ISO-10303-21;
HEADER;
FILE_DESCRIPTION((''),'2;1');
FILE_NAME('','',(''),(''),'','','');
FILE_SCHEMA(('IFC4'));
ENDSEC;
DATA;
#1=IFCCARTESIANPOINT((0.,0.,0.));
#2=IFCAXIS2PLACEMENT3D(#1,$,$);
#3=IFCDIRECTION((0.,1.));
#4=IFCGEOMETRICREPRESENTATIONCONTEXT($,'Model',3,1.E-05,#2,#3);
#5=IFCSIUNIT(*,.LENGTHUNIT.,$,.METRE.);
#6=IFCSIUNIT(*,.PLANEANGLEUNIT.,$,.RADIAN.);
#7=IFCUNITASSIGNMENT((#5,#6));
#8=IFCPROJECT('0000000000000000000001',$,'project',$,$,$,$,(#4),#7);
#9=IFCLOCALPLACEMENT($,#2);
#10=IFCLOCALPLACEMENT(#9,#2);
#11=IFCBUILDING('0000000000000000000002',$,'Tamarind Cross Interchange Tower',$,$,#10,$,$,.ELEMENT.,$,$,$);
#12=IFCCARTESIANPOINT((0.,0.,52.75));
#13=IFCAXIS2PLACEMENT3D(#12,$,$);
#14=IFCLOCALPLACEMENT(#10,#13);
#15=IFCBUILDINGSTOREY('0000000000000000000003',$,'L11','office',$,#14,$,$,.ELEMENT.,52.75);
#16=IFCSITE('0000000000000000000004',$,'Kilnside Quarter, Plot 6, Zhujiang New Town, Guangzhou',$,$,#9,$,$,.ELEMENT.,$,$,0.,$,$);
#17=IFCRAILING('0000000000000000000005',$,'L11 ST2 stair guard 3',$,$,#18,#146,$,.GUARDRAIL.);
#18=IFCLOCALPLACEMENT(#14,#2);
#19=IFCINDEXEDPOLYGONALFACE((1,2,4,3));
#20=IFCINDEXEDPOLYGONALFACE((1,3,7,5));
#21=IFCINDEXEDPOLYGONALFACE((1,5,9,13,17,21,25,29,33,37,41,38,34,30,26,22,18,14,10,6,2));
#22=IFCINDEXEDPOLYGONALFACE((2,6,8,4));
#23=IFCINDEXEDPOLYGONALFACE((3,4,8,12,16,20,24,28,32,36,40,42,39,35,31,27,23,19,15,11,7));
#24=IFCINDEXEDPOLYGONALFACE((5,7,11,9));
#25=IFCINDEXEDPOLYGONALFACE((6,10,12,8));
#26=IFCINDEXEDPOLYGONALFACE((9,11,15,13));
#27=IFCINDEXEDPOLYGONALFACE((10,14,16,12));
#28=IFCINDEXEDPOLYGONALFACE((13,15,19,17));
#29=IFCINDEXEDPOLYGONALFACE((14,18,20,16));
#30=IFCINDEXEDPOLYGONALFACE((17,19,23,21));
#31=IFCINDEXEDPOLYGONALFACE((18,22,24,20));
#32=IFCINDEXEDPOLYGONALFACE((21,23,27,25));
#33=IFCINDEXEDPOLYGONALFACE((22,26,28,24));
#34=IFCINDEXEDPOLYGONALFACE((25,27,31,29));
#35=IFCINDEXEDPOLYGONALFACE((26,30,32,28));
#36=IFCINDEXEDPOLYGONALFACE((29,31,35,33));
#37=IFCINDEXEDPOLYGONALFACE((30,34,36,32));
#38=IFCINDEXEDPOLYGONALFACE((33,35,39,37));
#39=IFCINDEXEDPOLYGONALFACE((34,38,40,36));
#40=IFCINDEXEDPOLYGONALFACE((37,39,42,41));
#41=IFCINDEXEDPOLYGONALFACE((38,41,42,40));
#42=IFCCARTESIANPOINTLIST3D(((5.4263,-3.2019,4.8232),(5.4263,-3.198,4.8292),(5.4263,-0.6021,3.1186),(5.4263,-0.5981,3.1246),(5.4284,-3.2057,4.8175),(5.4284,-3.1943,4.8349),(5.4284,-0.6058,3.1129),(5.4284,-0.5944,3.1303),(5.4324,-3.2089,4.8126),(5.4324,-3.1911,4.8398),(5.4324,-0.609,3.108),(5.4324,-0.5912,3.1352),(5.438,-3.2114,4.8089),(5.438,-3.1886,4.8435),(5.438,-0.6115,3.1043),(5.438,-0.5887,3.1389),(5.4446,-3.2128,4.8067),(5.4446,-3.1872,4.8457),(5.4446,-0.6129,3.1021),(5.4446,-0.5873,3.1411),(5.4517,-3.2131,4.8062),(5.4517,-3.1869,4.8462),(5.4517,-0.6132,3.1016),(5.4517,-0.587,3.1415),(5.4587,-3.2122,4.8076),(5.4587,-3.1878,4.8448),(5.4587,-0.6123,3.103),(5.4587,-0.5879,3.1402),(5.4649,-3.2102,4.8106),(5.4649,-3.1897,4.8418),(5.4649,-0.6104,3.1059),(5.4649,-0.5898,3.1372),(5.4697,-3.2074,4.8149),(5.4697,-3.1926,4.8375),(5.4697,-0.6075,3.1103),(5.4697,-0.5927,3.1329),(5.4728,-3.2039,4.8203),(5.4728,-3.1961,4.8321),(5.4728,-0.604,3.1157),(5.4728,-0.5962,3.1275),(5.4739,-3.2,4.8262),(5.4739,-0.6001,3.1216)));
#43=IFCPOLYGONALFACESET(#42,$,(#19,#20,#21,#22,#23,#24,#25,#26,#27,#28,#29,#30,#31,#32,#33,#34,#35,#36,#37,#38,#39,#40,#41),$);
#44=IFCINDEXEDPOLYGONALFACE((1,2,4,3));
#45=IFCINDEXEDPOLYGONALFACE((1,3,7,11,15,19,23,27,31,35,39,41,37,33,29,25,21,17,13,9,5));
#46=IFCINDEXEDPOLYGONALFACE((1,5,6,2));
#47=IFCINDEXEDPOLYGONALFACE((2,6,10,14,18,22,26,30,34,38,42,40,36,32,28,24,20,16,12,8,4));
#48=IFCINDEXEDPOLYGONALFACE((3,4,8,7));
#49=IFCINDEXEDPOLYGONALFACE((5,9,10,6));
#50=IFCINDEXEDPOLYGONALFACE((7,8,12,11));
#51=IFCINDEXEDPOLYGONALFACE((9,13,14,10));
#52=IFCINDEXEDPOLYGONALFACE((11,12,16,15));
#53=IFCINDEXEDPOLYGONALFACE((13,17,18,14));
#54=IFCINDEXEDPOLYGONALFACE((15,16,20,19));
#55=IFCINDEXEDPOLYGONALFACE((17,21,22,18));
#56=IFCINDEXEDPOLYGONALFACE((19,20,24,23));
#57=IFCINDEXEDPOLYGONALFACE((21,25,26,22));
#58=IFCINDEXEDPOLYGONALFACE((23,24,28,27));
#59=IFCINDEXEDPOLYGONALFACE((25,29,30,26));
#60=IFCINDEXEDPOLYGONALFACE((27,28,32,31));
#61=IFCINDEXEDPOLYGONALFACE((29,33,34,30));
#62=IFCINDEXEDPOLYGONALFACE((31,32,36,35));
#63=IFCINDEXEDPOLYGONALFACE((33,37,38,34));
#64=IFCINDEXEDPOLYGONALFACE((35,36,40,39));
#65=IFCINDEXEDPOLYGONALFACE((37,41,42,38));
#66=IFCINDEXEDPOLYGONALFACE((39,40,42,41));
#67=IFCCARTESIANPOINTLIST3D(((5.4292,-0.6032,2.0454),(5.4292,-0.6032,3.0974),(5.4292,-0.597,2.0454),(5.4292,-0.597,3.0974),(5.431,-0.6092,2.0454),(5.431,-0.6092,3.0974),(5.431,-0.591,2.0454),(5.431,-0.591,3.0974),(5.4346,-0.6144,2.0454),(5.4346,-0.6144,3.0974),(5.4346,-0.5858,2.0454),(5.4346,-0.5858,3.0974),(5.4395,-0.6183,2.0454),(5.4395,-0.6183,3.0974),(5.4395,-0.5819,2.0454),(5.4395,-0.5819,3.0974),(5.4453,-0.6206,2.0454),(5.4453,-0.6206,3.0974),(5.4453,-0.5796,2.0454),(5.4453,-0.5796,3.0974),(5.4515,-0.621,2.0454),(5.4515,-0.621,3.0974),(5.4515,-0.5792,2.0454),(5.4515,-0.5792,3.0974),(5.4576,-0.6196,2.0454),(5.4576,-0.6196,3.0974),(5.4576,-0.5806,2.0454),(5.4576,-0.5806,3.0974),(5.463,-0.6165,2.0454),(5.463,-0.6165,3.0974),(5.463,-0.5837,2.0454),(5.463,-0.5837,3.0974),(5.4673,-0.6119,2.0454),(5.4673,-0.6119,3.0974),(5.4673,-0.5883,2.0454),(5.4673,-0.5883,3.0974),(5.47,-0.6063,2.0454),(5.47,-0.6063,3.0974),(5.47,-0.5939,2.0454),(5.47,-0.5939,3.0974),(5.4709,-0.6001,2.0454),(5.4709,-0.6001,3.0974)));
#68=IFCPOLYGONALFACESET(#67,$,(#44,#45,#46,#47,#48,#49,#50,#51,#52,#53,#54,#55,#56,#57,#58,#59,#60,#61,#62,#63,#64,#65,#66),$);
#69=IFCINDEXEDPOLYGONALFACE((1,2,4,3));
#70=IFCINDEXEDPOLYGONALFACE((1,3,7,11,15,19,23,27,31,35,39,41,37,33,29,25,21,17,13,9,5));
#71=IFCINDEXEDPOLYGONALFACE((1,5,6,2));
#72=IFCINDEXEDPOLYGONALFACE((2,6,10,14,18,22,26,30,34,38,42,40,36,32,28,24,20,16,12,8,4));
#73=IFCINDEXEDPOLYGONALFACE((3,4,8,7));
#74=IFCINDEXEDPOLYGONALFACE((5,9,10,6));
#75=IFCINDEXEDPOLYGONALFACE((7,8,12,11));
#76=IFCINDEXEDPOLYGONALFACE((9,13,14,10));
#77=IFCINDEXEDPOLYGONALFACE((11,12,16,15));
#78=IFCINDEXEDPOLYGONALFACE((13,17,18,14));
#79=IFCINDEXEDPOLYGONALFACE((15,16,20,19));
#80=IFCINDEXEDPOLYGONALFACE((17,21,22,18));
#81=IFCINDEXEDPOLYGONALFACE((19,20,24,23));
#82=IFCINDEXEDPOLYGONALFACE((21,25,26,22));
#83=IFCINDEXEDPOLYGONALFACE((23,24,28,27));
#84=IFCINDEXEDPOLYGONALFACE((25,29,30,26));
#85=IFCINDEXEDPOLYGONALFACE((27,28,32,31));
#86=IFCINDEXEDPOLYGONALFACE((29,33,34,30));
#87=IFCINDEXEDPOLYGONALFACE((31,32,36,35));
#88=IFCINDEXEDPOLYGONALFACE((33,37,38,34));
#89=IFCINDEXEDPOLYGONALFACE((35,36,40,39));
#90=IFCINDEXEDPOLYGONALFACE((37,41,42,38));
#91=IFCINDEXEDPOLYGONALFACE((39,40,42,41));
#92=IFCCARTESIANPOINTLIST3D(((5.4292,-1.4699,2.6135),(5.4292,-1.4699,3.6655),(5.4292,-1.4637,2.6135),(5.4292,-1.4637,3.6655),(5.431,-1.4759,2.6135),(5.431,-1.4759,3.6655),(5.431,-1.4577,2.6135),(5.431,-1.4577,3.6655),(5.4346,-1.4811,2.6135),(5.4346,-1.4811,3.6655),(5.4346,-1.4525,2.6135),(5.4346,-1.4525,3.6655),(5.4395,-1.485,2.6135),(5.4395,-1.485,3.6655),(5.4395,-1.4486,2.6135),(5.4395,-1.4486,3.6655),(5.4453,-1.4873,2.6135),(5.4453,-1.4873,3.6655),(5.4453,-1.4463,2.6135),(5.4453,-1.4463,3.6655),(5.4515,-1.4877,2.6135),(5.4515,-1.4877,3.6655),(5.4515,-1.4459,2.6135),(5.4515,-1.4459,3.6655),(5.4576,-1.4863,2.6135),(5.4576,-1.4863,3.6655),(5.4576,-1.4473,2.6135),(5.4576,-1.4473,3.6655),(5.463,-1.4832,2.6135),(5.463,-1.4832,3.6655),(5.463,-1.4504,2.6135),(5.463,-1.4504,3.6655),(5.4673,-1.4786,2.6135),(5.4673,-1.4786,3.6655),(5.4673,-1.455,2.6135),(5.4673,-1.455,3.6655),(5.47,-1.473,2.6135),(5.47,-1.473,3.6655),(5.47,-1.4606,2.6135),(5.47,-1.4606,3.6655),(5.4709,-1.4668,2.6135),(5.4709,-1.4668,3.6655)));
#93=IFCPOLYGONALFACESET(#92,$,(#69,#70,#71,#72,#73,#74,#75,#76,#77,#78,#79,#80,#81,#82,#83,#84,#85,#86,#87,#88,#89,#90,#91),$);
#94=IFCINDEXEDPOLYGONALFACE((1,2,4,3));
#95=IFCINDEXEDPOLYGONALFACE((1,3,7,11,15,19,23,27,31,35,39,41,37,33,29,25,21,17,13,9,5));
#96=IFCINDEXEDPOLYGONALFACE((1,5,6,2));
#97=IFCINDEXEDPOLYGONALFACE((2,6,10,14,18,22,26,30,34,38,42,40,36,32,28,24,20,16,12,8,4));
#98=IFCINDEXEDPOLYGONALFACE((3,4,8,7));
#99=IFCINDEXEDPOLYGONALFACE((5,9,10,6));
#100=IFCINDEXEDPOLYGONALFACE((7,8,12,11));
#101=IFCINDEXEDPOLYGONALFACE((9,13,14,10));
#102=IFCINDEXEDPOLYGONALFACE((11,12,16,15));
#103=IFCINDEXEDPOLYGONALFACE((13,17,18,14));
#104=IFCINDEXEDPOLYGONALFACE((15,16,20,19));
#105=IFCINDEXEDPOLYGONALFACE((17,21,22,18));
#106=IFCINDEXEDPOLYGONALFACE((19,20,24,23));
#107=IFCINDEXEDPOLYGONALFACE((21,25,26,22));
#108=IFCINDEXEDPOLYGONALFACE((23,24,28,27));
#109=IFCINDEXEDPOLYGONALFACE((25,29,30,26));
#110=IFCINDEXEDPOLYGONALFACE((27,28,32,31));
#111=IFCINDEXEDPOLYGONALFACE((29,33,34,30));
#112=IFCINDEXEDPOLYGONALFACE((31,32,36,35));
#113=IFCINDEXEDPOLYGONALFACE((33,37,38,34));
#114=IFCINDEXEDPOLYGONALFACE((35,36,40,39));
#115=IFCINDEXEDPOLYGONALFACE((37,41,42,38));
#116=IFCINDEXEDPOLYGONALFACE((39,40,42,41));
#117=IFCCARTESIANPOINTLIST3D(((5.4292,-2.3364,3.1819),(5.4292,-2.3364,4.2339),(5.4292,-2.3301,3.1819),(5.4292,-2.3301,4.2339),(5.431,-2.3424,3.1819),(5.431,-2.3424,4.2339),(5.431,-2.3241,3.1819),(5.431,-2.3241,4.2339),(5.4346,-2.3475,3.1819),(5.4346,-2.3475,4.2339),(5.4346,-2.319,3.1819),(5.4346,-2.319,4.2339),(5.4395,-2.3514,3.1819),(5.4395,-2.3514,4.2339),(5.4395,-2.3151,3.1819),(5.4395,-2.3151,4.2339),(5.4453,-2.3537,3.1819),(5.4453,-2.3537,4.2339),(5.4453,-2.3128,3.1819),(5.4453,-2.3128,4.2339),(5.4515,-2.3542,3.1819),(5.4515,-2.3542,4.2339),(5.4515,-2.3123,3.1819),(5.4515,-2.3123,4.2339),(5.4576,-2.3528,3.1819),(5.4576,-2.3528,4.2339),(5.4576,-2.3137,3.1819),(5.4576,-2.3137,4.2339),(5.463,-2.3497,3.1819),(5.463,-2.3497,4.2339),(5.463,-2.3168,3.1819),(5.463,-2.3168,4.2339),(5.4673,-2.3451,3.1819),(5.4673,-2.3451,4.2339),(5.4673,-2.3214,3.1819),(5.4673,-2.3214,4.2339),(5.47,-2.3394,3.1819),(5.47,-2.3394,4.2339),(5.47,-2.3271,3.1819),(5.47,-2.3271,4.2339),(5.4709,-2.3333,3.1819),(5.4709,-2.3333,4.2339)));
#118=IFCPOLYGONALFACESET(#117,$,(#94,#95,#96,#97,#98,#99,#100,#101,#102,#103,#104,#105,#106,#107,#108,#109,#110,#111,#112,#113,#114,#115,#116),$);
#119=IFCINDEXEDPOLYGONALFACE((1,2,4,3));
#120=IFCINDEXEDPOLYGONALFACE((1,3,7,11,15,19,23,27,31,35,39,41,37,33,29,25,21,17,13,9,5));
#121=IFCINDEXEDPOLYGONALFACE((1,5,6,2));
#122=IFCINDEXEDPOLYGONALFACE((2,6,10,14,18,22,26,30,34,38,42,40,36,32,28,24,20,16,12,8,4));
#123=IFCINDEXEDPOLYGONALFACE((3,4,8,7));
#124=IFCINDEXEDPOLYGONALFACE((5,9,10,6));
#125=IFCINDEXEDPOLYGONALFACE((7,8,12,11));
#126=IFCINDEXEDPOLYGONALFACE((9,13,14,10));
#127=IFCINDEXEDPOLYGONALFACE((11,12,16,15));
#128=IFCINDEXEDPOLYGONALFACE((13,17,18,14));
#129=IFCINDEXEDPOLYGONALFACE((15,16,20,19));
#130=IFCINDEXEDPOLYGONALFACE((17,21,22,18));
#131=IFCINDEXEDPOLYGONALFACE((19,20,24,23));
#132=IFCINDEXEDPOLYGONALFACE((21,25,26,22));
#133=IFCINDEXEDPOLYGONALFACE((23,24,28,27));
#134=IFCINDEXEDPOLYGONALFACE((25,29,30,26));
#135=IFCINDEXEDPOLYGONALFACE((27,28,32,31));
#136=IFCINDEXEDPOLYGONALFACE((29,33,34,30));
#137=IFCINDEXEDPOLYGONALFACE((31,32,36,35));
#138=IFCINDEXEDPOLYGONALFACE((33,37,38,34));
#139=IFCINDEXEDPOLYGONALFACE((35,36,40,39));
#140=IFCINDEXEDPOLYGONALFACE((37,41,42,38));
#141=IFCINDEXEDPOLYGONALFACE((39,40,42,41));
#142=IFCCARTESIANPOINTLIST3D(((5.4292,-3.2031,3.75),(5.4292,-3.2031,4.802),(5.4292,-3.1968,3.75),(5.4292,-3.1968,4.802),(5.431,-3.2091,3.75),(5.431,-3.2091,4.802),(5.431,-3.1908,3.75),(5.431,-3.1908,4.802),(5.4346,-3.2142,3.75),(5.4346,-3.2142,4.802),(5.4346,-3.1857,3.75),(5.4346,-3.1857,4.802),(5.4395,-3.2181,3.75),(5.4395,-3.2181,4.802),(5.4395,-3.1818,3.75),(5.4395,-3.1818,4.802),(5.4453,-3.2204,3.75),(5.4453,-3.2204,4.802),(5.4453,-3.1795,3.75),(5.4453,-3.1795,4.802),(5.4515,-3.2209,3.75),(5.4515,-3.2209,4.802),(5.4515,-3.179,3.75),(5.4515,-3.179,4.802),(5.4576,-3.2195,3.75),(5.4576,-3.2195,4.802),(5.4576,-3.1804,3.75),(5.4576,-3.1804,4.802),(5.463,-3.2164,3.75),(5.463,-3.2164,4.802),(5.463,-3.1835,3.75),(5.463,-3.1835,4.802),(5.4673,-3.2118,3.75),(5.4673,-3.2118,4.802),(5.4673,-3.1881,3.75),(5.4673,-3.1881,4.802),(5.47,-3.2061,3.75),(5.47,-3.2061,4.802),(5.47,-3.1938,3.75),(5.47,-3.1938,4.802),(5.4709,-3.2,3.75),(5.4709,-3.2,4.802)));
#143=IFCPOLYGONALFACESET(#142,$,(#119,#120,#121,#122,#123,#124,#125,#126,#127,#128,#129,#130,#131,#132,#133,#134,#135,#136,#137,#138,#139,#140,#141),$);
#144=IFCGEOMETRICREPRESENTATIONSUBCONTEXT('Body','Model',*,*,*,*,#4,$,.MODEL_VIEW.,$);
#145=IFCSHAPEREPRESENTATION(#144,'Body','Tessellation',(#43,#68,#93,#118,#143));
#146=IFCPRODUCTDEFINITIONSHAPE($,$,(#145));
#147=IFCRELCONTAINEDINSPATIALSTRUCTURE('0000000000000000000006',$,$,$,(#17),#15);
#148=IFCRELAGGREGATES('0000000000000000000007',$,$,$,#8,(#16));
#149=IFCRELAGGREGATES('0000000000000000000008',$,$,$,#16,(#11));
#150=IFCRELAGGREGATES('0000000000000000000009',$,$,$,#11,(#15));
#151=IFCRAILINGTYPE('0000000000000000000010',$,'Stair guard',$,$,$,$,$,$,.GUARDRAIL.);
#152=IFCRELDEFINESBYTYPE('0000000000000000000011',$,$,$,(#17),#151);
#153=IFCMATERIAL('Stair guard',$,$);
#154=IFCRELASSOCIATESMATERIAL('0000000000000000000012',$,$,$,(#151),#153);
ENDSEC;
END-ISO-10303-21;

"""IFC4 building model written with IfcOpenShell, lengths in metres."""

from ifc_helpers import new_model, si_unit, direction, frame, origin, origin_2d, place, context, subcontext, project, spatial, circle, extrude, material, type_object, element, save


model = new_model("IFC4")

# Units and contexts
model_context = context("Model", 3, precision=1e-05, world=origin(), true_north=direction((0.0, 1.0)))
body_context = subcontext(model_context, "Body", "Model", "MODEL_VIEW")
ifc_project = project(units=[si_unit("LENGTHUNIT", "METRE"), si_unit("PLANEANGLEUNIT", "RADIAN")], contexts=[model_context])

# Site, building, storey
site_placement = place(None, origin())
site = spatial("IfcSite", under=ifc_project, at=site_placement, Name="Kilnside Quarter, Plot 6, Zhujiang New Town, Guangzhou", CompositionType="ELEMENT", RefElevation=0.0)
building_placement = place(site_placement, origin())
building = spatial("IfcBuilding", under=site, at=building_placement, Name="Tamarind Cross Interchange Tower", CompositionType="ELEMENT")
storey_placement = place(building_placement, frame((0.0, 0.0, 52.75)))
storey = spatial("IfcBuildingStorey", under=building, at=storey_placement, Name="L11", Description="office", CompositionType="ELEMENT", Elevation=52.75)

# Railing
ifc_material_1 = material(Name="Stair guard")
railing_type_1 = type_object("IfcRailingType", Name="Stair guard", PredefinedType="GUARDRAIL", material=ifc_material_1)
railing_1_placement = place(storey_placement, frame((5.45, -0.6001, 2.0454)))
element("IfcRailing", 1, at=railing_1_placement, inside=storey, type_object=railing_type_1, Name="L11 ST2 stair guard 3", PredefinedType="GUARDRAIL", context=body_context, shape_type="SweptSolid", body=[
    extrude(circle(Radius=0.0239, at=origin_2d()), frame((0.0, 0.0, 1.0762), z_axis=(0.0, -0.836279, 0.548305), x_axis=(1.0, 0.0, 0.0)), (0.0, 0.0, 1.0), 3.1089),
    extrude(circle(Radius=0.021, at=origin_2d()), origin(), (0.0, 0.0, 1.0), 1.052),
    extrude(circle(Radius=0.021, at=origin_2d()), frame((0.0, -0.8667, 0.5681)), (0.0, 0.0, 1.0), 1.052),
    extrude(circle(Radius=0.021, at=origin_2d()), frame((0.0, -1.7332, 1.1365)), (0.0, 0.0, 1.0), 1.052),
    extrude(circle(Radius=0.021, at=origin_2d()), frame((0.0, -2.5999, 1.7046)), (0.0, 0.0, 1.0), 1.052),
])

save(model, "model.ifc")
